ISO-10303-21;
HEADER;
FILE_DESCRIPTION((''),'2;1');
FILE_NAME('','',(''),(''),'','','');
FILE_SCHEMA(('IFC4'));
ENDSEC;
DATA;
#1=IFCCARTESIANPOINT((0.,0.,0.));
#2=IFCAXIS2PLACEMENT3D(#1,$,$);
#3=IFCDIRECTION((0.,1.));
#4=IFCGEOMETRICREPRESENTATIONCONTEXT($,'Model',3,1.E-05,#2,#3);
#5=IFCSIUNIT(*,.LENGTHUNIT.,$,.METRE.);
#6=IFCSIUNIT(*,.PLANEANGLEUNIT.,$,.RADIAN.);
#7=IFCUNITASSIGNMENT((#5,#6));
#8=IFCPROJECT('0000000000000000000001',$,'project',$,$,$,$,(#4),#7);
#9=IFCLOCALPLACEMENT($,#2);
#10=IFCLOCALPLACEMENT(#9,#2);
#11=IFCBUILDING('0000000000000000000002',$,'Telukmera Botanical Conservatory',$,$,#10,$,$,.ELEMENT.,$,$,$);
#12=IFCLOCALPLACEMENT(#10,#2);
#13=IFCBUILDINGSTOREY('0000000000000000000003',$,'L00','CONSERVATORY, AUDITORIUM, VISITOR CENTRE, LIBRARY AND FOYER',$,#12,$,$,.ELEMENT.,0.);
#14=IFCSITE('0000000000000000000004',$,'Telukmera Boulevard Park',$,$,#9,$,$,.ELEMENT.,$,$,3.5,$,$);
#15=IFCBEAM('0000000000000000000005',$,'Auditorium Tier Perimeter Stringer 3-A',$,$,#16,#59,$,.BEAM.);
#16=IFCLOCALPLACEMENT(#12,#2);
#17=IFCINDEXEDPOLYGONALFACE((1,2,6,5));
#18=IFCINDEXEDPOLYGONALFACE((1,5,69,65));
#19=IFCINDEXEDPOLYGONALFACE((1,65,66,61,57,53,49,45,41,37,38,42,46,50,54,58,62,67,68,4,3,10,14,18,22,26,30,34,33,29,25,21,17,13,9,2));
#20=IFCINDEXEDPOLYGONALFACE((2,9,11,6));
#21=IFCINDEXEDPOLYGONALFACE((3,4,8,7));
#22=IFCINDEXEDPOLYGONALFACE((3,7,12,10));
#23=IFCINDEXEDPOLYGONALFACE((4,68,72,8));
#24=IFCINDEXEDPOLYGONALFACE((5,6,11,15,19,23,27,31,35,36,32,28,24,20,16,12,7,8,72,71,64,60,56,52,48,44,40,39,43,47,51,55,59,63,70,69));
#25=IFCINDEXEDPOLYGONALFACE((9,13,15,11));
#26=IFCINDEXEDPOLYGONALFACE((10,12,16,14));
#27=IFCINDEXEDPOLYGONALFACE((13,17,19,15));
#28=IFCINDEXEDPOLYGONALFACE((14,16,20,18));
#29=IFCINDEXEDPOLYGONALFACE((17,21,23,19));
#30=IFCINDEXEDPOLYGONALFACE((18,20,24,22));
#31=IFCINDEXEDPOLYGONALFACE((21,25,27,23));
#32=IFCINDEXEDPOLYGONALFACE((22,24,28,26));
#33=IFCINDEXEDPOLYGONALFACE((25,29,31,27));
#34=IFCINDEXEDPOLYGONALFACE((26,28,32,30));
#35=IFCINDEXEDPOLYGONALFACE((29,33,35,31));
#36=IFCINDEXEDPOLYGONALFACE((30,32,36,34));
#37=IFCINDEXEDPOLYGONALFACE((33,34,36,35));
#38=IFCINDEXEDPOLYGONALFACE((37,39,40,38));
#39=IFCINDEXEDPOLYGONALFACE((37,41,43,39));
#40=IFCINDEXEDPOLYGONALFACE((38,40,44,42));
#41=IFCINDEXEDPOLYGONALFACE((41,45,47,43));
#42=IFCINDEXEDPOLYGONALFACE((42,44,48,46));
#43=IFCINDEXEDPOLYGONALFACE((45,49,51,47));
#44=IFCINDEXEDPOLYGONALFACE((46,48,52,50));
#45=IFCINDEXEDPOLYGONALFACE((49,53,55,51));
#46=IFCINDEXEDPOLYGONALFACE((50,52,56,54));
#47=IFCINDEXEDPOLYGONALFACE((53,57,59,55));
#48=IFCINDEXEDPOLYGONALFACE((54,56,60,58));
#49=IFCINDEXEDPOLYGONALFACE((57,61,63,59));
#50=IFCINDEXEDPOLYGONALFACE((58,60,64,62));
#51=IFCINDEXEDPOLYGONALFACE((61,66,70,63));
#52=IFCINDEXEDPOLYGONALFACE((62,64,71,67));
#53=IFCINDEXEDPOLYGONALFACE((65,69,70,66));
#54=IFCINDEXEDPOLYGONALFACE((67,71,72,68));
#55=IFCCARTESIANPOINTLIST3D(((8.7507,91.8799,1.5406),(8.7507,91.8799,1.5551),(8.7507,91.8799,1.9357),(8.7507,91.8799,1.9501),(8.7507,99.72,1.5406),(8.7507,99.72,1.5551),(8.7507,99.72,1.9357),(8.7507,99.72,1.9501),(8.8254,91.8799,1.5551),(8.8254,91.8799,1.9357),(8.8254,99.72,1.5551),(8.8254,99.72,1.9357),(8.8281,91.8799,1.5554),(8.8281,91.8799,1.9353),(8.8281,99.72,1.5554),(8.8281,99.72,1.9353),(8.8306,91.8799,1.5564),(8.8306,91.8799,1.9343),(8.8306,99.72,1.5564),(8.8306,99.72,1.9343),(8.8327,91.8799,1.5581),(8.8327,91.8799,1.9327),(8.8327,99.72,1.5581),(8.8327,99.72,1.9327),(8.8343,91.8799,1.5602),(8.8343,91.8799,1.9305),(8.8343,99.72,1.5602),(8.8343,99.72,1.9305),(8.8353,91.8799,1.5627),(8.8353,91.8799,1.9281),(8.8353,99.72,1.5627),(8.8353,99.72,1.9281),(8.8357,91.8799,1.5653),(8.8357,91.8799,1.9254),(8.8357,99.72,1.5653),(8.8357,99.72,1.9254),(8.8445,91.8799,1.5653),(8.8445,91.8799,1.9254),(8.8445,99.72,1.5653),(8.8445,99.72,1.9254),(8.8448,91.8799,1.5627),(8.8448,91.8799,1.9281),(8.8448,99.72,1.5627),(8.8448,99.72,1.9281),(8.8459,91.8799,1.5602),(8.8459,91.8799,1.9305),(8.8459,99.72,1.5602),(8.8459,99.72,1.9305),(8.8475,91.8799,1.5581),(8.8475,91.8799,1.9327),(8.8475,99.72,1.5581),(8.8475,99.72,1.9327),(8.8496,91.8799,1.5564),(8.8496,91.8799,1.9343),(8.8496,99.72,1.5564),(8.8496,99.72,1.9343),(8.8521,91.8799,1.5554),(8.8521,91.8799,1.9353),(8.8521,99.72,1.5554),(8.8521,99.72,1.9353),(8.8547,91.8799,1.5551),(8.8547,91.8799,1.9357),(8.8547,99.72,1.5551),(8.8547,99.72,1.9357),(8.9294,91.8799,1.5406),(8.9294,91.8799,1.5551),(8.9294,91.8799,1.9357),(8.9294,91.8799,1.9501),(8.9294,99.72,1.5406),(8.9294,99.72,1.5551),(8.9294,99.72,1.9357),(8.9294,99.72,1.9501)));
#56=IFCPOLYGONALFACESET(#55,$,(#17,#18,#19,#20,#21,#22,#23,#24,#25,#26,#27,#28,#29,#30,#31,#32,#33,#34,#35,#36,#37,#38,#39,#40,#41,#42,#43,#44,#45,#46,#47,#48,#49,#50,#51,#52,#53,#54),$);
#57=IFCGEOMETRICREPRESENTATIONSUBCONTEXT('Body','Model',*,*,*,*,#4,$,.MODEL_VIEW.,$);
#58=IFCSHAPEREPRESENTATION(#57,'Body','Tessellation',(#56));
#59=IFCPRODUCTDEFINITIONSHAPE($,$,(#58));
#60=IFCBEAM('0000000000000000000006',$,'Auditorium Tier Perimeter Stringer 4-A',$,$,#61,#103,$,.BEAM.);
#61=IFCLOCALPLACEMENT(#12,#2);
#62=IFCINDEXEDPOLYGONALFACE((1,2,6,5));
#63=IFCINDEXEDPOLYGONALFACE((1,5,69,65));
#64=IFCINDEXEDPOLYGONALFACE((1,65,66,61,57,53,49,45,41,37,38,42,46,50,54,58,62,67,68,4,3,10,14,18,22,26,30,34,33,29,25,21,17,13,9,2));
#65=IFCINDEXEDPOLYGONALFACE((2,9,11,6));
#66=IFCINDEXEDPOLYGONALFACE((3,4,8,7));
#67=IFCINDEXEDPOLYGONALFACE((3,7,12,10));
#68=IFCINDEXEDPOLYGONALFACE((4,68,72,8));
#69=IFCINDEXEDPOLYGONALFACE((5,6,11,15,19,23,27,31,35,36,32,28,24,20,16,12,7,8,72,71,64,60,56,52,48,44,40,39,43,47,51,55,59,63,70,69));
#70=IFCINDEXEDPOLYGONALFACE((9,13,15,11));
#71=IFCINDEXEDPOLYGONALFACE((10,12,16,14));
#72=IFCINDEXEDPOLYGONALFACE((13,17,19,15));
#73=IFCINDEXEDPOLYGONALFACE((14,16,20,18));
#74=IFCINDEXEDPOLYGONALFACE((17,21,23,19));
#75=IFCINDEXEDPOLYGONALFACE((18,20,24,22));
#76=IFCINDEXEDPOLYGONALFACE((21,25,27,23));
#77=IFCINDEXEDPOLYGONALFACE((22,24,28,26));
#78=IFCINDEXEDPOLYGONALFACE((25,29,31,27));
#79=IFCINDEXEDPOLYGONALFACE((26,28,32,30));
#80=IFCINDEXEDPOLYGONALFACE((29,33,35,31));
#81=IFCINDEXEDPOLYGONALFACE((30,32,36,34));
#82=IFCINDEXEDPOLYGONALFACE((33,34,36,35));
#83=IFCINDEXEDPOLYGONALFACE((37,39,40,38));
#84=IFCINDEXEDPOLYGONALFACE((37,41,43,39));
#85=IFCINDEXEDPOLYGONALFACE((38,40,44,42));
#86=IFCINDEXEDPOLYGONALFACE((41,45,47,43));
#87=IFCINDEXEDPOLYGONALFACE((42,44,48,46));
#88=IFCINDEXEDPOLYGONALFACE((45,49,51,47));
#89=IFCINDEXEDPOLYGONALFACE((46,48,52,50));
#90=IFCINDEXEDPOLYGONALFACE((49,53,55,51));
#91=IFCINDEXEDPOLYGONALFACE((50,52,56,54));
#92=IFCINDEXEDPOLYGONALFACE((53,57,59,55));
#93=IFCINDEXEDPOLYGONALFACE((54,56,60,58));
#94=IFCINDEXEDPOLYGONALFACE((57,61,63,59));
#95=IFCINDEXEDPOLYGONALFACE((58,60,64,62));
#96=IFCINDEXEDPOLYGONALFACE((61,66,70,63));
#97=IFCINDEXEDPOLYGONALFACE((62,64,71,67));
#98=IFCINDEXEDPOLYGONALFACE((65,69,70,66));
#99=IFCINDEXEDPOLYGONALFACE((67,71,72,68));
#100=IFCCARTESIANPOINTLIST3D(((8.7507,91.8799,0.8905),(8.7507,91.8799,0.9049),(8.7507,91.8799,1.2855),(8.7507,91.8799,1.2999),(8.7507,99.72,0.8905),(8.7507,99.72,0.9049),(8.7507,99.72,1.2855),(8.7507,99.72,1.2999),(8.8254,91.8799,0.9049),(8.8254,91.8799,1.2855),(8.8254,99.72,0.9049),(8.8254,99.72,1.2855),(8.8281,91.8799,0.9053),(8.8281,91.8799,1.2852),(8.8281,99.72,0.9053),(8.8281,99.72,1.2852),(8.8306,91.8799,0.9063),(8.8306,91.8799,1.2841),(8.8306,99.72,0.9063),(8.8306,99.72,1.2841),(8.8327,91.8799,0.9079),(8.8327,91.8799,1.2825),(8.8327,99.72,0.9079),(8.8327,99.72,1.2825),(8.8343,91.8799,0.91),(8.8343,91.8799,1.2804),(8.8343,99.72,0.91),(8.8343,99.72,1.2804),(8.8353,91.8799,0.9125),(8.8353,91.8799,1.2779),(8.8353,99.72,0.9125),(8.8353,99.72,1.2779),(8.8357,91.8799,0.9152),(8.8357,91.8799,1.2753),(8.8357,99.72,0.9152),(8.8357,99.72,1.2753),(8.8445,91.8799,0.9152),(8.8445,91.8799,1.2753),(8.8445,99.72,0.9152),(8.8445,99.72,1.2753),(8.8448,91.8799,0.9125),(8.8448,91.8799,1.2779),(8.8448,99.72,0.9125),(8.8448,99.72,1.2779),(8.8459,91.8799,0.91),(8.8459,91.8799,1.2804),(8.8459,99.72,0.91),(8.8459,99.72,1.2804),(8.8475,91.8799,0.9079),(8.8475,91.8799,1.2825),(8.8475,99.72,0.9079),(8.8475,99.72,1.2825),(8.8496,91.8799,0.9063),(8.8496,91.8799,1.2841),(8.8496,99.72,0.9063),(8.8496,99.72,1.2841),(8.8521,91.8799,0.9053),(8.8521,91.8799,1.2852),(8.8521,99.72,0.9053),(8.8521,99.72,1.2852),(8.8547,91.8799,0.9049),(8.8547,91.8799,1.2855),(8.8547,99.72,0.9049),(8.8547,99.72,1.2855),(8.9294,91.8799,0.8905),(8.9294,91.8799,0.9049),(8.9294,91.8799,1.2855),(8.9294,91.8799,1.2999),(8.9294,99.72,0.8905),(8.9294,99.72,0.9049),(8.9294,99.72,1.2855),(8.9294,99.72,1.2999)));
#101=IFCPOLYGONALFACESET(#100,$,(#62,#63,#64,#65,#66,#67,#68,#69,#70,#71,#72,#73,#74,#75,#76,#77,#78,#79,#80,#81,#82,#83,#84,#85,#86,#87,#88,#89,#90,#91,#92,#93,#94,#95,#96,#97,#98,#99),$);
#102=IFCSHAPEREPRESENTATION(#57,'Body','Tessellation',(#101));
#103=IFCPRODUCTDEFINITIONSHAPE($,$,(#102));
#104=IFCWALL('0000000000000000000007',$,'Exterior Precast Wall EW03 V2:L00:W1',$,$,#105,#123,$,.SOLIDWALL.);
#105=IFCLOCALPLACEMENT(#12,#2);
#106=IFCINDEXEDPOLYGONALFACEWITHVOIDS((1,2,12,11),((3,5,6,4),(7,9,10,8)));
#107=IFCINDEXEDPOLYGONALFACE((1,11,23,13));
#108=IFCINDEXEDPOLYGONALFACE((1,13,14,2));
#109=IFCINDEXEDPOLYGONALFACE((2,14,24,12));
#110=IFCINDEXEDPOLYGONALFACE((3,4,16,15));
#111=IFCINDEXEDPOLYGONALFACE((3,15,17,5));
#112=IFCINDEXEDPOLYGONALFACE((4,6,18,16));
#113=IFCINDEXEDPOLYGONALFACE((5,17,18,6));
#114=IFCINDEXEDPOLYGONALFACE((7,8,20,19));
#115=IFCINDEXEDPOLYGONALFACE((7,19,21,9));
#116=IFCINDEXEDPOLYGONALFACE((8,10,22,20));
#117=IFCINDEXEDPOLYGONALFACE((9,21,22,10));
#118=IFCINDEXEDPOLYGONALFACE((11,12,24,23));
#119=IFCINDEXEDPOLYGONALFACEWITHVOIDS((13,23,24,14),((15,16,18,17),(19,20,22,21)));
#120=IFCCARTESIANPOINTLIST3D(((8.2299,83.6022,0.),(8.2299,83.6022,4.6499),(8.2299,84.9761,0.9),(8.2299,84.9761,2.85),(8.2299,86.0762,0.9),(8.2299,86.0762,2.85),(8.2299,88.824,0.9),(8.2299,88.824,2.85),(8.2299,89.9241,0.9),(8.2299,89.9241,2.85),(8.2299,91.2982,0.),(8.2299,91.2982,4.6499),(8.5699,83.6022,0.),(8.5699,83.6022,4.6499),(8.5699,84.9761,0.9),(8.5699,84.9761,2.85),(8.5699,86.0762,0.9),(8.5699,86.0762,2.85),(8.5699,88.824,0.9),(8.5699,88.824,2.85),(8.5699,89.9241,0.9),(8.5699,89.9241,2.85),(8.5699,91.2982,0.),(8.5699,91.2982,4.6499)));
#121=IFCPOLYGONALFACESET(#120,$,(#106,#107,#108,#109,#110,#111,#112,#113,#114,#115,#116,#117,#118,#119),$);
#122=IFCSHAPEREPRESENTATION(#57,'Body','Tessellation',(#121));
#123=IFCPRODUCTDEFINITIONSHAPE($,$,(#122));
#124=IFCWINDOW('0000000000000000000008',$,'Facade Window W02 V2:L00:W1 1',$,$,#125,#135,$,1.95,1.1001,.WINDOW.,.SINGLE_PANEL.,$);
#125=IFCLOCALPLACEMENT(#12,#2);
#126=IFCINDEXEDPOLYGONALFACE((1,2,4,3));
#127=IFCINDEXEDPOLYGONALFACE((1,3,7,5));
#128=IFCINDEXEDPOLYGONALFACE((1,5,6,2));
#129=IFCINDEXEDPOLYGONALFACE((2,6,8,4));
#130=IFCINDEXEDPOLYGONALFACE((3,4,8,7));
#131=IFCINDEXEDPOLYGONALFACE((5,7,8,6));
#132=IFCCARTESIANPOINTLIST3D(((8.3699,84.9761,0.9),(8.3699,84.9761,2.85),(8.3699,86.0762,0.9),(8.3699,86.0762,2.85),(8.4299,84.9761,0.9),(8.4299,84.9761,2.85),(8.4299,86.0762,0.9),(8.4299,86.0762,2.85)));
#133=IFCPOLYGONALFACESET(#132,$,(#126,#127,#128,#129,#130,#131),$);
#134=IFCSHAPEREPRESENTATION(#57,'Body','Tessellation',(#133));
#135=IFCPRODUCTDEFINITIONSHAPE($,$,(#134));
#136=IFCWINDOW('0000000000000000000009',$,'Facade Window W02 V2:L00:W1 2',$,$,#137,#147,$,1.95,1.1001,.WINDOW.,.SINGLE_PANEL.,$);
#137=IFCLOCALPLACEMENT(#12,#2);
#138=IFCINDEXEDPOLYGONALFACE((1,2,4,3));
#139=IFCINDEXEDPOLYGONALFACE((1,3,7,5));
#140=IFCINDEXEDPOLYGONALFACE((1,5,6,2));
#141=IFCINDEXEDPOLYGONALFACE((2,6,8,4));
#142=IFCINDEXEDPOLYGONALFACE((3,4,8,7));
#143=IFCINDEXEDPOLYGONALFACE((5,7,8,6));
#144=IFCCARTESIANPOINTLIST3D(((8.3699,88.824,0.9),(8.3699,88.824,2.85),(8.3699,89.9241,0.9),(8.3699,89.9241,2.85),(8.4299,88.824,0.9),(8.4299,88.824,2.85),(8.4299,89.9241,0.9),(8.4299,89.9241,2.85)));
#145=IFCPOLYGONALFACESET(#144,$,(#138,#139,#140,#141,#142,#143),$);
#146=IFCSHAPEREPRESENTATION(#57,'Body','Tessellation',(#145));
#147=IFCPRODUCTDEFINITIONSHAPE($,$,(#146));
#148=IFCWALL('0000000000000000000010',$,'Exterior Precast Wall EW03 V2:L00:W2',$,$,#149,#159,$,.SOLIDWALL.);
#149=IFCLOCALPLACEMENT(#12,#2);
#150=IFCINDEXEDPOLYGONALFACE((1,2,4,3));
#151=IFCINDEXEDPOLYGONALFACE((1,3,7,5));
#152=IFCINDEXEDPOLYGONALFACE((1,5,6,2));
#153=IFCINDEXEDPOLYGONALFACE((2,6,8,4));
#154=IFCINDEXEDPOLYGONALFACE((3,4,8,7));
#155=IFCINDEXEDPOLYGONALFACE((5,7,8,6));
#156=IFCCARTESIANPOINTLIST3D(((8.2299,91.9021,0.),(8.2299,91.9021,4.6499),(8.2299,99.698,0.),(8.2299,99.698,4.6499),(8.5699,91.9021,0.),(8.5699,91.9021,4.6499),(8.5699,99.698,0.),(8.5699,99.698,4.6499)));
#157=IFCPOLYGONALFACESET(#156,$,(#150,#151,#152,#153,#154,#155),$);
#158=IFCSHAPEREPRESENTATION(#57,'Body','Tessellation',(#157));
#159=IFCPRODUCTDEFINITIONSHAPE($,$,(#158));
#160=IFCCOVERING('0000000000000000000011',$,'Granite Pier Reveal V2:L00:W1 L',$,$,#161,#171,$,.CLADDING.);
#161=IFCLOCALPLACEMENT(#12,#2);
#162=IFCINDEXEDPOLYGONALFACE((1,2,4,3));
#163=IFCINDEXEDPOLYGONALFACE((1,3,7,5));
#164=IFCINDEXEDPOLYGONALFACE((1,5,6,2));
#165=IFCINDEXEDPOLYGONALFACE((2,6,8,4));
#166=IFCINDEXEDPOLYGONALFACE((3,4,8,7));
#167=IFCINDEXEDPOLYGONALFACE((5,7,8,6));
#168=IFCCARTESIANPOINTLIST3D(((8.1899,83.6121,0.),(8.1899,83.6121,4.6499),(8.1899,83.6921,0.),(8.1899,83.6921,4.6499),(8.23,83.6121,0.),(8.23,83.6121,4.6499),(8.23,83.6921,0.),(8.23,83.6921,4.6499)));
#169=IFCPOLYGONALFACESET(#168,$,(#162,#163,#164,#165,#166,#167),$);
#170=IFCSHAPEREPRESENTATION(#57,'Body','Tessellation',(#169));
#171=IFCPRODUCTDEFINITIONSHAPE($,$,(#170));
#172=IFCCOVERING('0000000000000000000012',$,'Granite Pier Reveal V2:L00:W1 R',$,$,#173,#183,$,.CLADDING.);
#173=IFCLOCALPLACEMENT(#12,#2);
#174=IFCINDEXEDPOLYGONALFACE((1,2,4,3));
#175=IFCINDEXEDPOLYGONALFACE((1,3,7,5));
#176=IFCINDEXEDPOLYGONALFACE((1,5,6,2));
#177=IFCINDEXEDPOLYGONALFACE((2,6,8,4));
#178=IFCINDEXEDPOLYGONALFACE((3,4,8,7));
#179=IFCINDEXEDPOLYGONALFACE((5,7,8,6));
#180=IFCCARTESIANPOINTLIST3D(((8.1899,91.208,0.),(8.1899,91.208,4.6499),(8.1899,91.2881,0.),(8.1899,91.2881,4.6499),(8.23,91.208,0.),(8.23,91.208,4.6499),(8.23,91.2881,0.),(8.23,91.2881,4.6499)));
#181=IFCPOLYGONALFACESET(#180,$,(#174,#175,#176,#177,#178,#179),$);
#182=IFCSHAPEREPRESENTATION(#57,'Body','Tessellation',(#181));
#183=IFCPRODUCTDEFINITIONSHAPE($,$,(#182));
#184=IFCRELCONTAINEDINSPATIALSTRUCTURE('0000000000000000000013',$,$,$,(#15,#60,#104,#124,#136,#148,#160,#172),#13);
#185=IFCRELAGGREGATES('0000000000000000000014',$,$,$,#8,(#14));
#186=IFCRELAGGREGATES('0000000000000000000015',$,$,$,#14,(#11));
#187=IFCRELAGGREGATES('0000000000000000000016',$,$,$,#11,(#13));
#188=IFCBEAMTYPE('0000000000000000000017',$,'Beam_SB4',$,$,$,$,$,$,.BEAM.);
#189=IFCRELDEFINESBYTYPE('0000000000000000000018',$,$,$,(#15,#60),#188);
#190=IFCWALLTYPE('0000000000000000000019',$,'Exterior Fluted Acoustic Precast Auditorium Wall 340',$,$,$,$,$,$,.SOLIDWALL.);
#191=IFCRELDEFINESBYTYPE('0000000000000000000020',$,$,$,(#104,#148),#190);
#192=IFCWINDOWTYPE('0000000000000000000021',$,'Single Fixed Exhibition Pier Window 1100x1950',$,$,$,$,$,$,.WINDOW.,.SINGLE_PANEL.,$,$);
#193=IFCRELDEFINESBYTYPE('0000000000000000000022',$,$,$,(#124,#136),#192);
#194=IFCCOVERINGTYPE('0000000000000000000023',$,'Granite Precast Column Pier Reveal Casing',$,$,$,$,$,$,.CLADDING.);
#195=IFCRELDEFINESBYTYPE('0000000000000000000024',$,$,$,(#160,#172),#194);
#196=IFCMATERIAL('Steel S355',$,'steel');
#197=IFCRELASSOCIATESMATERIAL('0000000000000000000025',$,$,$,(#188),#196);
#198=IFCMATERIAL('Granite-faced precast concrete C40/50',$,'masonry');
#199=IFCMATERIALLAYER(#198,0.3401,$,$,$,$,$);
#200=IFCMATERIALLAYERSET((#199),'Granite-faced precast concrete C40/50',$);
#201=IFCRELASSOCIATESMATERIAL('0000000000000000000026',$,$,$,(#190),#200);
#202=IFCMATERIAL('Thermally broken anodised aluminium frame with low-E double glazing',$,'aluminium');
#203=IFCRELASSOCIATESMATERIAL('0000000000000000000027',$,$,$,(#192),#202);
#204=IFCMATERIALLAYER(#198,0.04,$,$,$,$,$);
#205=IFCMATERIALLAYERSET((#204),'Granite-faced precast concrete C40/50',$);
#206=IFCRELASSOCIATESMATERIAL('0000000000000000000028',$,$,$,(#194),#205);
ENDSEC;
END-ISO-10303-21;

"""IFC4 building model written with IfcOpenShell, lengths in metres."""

from ifc_helpers import new_model, si_unit, direction, frame, frame_2d, origin, origin_2d, place, context, subcontext, project, spatial, rectangle, i_section, extrude, material, layer, layer_set, material_profile, profile_set, type_object, element, fill, save


model = new_model("IFC4")

# Units and contexts
model_context = context("Model", 3, precision=1e-05, world=origin(), true_north=direction((0.0, 1.0)))
body_context = subcontext(model_context, "Body", "Model", "MODEL_VIEW")
ifc_project = project(units=[si_unit("LENGTHUNIT", "METRE"), si_unit("PLANEANGLEUNIT", "RADIAN")], contexts=[model_context])

# Site, building, storey
site_placement = place(None, origin())
site = spatial("IfcSite", under=ifc_project, at=site_placement, Name="Telukmera Boulevard Park", CompositionType="ELEMENT", RefElevation=3.5)
building_placement = place(site_placement, origin())
building = spatial("IfcBuilding", under=site, at=building_placement, Name="Telukmera Botanical Conservatory", CompositionType="ELEMENT")
storey_placement = place(building_placement, origin())
storey = spatial("IfcBuildingStorey", under=building, at=storey_placement, Name="L00", Description="CONSERVATORY, AUDITORIUM, VISITOR CENTRE, LIBRARY AND FOYER", CompositionType="ELEMENT", Elevation=0.0)

# Beams
ifc_material_1 = material(Name="Steel S355", Category="steel")
ifc_material_profile_1 = material_profile(ifc_material_1, i_section(OverallWidth=0.1787, OverallDepth=0.4094, WebThickness=0.0088, FlangeThickness=0.0144, FilletRadius=0.0103, at=origin_2d()), Name="UB 406x178x67")
ifc_profile_set_1 = profile_set([ifc_material_profile_1], Name="Steel S355")
beam_type_1 = type_object("IfcBeamType", Name="Beam_SB4", PredefinedType="BEAM", material=ifc_profile_set_1)
for number, where, z_axis, x_axis, name in (
    (1, (8.8401, 91.8799, 1.7454), (0.0, 1.0, 0.0), (-1.0, 0.0, 0.0), "Auditorium Tier Perimeter Stringer 3-A"),
    (2, (8.8401, 91.8799, 1.0952), (0.0, 1.0, 0.0), (-1.0, 0.0, 0.0), "Auditorium Tier Perimeter Stringer 4-A"),
):
    element("IfcBeam", number, at=place(storey_placement, frame(where, z_axis=z_axis, x_axis=x_axis)), inside=storey, type_object=beam_type_1, Name=name, PredefinedType="BEAM", context=body_context, shape_type="SweptSolid", body=[
        extrude(i_section(OverallWidth=0.1787, OverallDepth=0.4094, WebThickness=0.0088, FlangeThickness=0.0144, FilletRadius=0.0103, at=origin_2d()), origin(), (0.0, 0.0, 1.0), 7.8401),
    ])

# Wall, openings, windows
ifc_material_2 = material(Name="Granite-faced precast concrete C40/50", Category="masonry")
ifc_layer_1 = layer(ifc_material_2, 0.3401)
ifc_layer_set_1 = layer_set([ifc_layer_1], Name="Granite-faced precast concrete C40/50")
wall_type = type_object("IfcWallType", Name="Exterior Fluted Acoustic Precast Auditorium Wall 340", PredefinedType="SOLIDWALL", material=ifc_layer_set_1)
wall_1_placement = place(storey_placement, frame((8.3999, 83.6021, 0.0), z_axis=(0.0, 0.0, 1.0), x_axis=(0.0, 1.0, 0.0)))
wall_1 = element("IfcWall", 3, at=wall_1_placement, inside=storey, type_object=wall_type, Name="Exterior Precast Wall EW03 V2:L00:W1", PredefinedType="SOLIDWALL", context=body_context, shape_type="SweptSolid", body=[
    extrude(rectangle(XDim=7.696, YDim=0.3401, at=frame_2d((3.8481, 0.0))), origin(), (0.0, 0.0, 1.0), 4.6499),
])
opening_1_placement = place(wall_1_placement, frame((1.374, 0.0, 0.8999)))
opening_1 = element("IfcOpeningElement", 4, at=opening_1_placement, cuts=wall_1, PredefinedType="OPENING", context=body_context, shape_type="SweptSolid", body=[
    extrude(rectangle(XDim=1.1001, YDim=1.95, at=frame_2d((0.55, 0.9751))), frame((0.0, 0.1799, 0.0), z_axis=(0.0, -1.0, 0.0), x_axis=(1.0, 0.0, 0.0)), (0.0, 0.0, 1.0), 0.3601),
])
opening_2_placement = place(wall_1_placement, frame((5.2219, 0.0, 0.8999)))
opening_2 = element("IfcOpeningElement", 5, at=opening_2_placement, cuts=wall_1, PredefinedType="OPENING", context=body_context, shape_type="SweptSolid", body=[
    extrude(rectangle(XDim=1.1001, YDim=1.95, at=frame_2d((0.55, 0.9751))), frame((0.0, 0.1799, 0.0), z_axis=(0.0, -1.0, 0.0), x_axis=(1.0, 0.0, 0.0)), (0.0, 0.0, 1.0), 0.3601),
])
ifc_material_3 = material(Name="Thermally broken anodised aluminium frame with low-E double glazing", Category="aluminium")
window_type = type_object("IfcWindowType", Name="Single Fixed Exhibition Pier Window 1100x1950", PartitioningType="SINGLE_PANEL", PredefinedType="WINDOW", material=ifc_material_3)
window_1_placement = place(opening_1_placement, origin())
window_1 = element("IfcWindow", 6, at=window_1_placement, inside=storey, type_object=window_type, Name="Facade Window W02 V2:L00:W1 1", OverallHeight=1.95, OverallWidth=1.1001, PartitioningType="SINGLE_PANEL", PredefinedType="WINDOW", context=body_context, shape_type="SweptSolid", body=[
    extrude(rectangle(XDim=1.1001, YDim=1.95, at=frame_2d((0.55, 0.9751))), frame((0.0, 0.03, 0.0), z_axis=(0.0, -1.0, 0.0), x_axis=(1.0, 0.0, 0.0)), (0.0, 0.0, 1.0), 0.0601),
])
fill(opening_1, window_1)
window_2_placement = place(opening_2_placement, origin())
window_2 = element("IfcWindow", 7, at=window_2_placement, inside=storey, type_object=window_type, Name="Facade Window W02 V2:L00:W1 2", OverallHeight=1.95, OverallWidth=1.1001, PartitioningType="SINGLE_PANEL", PredefinedType="WINDOW", context=body_context, shape_type="SweptSolid", body=[
    extrude(rectangle(XDim=1.1001, YDim=1.95, at=frame_2d((0.55, 0.9751))), frame((0.0, 0.03, 0.0), z_axis=(0.0, -1.0, 0.0), x_axis=(1.0, 0.0, 0.0)), (0.0, 0.0, 1.0), 0.0601),
])
fill(opening_2, window_2)

# Wall
wall_2_placement = place(storey_placement, frame((8.3999, 91.9021, 0.0), z_axis=(0.0, 0.0, 1.0), x_axis=(0.0, 1.0, 0.0)))
element("IfcWall", 8, at=wall_2_placement, inside=storey, type_object=wall_type, Name="Exterior Precast Wall EW03 V2:L00:W2", PredefinedType="SOLIDWALL", context=body_context, shape_type="SweptSolid", body=[
    extrude(rectangle(XDim=7.7959, YDim=0.3401, at=frame_2d((3.8979, 0.0))), origin(), (0.0, 0.0, 1.0), 4.6499),
])

# Coverings
ifc_layer_2 = layer(ifc_material_2, 0.04)
ifc_layer_set_2 = layer_set([ifc_layer_2], Name="Granite-faced precast concrete C40/50")
covering_type_1 = type_object("IfcCoveringType", Name="Granite Precast Column Pier Reveal Casing", PredefinedType="CLADDING", material=ifc_layer_set_2)
for number, where, z_axis, x_axis, name in (
    (9, (8.21, 83.6521, 0.0), (0.0, 0.0, 1.0), (0.0, 1.0, 0.0), "Granite Pier Reveal V2:L00:W1 L"),
    (10, (8.21, 91.248, 0.0), (0.0, 0.0, 1.0), (0.0, 1.0, 0.0), "Granite Pier Reveal V2:L00:W1 R"),
):
    element("IfcCovering", number, at=place(storey_placement, frame(where, z_axis=z_axis, x_axis=x_axis)), inside=storey, type_object=covering_type_1, Name=name, PredefinedType="CLADDING", context=body_context, shape_type="SweptSolid", body=[
        extrude(rectangle(XDim=0.0801, YDim=0.04, at=origin_2d()), origin(), (0.0, 0.0, 1.0), 4.6499),
    ])

save(model, "model.ifc")
